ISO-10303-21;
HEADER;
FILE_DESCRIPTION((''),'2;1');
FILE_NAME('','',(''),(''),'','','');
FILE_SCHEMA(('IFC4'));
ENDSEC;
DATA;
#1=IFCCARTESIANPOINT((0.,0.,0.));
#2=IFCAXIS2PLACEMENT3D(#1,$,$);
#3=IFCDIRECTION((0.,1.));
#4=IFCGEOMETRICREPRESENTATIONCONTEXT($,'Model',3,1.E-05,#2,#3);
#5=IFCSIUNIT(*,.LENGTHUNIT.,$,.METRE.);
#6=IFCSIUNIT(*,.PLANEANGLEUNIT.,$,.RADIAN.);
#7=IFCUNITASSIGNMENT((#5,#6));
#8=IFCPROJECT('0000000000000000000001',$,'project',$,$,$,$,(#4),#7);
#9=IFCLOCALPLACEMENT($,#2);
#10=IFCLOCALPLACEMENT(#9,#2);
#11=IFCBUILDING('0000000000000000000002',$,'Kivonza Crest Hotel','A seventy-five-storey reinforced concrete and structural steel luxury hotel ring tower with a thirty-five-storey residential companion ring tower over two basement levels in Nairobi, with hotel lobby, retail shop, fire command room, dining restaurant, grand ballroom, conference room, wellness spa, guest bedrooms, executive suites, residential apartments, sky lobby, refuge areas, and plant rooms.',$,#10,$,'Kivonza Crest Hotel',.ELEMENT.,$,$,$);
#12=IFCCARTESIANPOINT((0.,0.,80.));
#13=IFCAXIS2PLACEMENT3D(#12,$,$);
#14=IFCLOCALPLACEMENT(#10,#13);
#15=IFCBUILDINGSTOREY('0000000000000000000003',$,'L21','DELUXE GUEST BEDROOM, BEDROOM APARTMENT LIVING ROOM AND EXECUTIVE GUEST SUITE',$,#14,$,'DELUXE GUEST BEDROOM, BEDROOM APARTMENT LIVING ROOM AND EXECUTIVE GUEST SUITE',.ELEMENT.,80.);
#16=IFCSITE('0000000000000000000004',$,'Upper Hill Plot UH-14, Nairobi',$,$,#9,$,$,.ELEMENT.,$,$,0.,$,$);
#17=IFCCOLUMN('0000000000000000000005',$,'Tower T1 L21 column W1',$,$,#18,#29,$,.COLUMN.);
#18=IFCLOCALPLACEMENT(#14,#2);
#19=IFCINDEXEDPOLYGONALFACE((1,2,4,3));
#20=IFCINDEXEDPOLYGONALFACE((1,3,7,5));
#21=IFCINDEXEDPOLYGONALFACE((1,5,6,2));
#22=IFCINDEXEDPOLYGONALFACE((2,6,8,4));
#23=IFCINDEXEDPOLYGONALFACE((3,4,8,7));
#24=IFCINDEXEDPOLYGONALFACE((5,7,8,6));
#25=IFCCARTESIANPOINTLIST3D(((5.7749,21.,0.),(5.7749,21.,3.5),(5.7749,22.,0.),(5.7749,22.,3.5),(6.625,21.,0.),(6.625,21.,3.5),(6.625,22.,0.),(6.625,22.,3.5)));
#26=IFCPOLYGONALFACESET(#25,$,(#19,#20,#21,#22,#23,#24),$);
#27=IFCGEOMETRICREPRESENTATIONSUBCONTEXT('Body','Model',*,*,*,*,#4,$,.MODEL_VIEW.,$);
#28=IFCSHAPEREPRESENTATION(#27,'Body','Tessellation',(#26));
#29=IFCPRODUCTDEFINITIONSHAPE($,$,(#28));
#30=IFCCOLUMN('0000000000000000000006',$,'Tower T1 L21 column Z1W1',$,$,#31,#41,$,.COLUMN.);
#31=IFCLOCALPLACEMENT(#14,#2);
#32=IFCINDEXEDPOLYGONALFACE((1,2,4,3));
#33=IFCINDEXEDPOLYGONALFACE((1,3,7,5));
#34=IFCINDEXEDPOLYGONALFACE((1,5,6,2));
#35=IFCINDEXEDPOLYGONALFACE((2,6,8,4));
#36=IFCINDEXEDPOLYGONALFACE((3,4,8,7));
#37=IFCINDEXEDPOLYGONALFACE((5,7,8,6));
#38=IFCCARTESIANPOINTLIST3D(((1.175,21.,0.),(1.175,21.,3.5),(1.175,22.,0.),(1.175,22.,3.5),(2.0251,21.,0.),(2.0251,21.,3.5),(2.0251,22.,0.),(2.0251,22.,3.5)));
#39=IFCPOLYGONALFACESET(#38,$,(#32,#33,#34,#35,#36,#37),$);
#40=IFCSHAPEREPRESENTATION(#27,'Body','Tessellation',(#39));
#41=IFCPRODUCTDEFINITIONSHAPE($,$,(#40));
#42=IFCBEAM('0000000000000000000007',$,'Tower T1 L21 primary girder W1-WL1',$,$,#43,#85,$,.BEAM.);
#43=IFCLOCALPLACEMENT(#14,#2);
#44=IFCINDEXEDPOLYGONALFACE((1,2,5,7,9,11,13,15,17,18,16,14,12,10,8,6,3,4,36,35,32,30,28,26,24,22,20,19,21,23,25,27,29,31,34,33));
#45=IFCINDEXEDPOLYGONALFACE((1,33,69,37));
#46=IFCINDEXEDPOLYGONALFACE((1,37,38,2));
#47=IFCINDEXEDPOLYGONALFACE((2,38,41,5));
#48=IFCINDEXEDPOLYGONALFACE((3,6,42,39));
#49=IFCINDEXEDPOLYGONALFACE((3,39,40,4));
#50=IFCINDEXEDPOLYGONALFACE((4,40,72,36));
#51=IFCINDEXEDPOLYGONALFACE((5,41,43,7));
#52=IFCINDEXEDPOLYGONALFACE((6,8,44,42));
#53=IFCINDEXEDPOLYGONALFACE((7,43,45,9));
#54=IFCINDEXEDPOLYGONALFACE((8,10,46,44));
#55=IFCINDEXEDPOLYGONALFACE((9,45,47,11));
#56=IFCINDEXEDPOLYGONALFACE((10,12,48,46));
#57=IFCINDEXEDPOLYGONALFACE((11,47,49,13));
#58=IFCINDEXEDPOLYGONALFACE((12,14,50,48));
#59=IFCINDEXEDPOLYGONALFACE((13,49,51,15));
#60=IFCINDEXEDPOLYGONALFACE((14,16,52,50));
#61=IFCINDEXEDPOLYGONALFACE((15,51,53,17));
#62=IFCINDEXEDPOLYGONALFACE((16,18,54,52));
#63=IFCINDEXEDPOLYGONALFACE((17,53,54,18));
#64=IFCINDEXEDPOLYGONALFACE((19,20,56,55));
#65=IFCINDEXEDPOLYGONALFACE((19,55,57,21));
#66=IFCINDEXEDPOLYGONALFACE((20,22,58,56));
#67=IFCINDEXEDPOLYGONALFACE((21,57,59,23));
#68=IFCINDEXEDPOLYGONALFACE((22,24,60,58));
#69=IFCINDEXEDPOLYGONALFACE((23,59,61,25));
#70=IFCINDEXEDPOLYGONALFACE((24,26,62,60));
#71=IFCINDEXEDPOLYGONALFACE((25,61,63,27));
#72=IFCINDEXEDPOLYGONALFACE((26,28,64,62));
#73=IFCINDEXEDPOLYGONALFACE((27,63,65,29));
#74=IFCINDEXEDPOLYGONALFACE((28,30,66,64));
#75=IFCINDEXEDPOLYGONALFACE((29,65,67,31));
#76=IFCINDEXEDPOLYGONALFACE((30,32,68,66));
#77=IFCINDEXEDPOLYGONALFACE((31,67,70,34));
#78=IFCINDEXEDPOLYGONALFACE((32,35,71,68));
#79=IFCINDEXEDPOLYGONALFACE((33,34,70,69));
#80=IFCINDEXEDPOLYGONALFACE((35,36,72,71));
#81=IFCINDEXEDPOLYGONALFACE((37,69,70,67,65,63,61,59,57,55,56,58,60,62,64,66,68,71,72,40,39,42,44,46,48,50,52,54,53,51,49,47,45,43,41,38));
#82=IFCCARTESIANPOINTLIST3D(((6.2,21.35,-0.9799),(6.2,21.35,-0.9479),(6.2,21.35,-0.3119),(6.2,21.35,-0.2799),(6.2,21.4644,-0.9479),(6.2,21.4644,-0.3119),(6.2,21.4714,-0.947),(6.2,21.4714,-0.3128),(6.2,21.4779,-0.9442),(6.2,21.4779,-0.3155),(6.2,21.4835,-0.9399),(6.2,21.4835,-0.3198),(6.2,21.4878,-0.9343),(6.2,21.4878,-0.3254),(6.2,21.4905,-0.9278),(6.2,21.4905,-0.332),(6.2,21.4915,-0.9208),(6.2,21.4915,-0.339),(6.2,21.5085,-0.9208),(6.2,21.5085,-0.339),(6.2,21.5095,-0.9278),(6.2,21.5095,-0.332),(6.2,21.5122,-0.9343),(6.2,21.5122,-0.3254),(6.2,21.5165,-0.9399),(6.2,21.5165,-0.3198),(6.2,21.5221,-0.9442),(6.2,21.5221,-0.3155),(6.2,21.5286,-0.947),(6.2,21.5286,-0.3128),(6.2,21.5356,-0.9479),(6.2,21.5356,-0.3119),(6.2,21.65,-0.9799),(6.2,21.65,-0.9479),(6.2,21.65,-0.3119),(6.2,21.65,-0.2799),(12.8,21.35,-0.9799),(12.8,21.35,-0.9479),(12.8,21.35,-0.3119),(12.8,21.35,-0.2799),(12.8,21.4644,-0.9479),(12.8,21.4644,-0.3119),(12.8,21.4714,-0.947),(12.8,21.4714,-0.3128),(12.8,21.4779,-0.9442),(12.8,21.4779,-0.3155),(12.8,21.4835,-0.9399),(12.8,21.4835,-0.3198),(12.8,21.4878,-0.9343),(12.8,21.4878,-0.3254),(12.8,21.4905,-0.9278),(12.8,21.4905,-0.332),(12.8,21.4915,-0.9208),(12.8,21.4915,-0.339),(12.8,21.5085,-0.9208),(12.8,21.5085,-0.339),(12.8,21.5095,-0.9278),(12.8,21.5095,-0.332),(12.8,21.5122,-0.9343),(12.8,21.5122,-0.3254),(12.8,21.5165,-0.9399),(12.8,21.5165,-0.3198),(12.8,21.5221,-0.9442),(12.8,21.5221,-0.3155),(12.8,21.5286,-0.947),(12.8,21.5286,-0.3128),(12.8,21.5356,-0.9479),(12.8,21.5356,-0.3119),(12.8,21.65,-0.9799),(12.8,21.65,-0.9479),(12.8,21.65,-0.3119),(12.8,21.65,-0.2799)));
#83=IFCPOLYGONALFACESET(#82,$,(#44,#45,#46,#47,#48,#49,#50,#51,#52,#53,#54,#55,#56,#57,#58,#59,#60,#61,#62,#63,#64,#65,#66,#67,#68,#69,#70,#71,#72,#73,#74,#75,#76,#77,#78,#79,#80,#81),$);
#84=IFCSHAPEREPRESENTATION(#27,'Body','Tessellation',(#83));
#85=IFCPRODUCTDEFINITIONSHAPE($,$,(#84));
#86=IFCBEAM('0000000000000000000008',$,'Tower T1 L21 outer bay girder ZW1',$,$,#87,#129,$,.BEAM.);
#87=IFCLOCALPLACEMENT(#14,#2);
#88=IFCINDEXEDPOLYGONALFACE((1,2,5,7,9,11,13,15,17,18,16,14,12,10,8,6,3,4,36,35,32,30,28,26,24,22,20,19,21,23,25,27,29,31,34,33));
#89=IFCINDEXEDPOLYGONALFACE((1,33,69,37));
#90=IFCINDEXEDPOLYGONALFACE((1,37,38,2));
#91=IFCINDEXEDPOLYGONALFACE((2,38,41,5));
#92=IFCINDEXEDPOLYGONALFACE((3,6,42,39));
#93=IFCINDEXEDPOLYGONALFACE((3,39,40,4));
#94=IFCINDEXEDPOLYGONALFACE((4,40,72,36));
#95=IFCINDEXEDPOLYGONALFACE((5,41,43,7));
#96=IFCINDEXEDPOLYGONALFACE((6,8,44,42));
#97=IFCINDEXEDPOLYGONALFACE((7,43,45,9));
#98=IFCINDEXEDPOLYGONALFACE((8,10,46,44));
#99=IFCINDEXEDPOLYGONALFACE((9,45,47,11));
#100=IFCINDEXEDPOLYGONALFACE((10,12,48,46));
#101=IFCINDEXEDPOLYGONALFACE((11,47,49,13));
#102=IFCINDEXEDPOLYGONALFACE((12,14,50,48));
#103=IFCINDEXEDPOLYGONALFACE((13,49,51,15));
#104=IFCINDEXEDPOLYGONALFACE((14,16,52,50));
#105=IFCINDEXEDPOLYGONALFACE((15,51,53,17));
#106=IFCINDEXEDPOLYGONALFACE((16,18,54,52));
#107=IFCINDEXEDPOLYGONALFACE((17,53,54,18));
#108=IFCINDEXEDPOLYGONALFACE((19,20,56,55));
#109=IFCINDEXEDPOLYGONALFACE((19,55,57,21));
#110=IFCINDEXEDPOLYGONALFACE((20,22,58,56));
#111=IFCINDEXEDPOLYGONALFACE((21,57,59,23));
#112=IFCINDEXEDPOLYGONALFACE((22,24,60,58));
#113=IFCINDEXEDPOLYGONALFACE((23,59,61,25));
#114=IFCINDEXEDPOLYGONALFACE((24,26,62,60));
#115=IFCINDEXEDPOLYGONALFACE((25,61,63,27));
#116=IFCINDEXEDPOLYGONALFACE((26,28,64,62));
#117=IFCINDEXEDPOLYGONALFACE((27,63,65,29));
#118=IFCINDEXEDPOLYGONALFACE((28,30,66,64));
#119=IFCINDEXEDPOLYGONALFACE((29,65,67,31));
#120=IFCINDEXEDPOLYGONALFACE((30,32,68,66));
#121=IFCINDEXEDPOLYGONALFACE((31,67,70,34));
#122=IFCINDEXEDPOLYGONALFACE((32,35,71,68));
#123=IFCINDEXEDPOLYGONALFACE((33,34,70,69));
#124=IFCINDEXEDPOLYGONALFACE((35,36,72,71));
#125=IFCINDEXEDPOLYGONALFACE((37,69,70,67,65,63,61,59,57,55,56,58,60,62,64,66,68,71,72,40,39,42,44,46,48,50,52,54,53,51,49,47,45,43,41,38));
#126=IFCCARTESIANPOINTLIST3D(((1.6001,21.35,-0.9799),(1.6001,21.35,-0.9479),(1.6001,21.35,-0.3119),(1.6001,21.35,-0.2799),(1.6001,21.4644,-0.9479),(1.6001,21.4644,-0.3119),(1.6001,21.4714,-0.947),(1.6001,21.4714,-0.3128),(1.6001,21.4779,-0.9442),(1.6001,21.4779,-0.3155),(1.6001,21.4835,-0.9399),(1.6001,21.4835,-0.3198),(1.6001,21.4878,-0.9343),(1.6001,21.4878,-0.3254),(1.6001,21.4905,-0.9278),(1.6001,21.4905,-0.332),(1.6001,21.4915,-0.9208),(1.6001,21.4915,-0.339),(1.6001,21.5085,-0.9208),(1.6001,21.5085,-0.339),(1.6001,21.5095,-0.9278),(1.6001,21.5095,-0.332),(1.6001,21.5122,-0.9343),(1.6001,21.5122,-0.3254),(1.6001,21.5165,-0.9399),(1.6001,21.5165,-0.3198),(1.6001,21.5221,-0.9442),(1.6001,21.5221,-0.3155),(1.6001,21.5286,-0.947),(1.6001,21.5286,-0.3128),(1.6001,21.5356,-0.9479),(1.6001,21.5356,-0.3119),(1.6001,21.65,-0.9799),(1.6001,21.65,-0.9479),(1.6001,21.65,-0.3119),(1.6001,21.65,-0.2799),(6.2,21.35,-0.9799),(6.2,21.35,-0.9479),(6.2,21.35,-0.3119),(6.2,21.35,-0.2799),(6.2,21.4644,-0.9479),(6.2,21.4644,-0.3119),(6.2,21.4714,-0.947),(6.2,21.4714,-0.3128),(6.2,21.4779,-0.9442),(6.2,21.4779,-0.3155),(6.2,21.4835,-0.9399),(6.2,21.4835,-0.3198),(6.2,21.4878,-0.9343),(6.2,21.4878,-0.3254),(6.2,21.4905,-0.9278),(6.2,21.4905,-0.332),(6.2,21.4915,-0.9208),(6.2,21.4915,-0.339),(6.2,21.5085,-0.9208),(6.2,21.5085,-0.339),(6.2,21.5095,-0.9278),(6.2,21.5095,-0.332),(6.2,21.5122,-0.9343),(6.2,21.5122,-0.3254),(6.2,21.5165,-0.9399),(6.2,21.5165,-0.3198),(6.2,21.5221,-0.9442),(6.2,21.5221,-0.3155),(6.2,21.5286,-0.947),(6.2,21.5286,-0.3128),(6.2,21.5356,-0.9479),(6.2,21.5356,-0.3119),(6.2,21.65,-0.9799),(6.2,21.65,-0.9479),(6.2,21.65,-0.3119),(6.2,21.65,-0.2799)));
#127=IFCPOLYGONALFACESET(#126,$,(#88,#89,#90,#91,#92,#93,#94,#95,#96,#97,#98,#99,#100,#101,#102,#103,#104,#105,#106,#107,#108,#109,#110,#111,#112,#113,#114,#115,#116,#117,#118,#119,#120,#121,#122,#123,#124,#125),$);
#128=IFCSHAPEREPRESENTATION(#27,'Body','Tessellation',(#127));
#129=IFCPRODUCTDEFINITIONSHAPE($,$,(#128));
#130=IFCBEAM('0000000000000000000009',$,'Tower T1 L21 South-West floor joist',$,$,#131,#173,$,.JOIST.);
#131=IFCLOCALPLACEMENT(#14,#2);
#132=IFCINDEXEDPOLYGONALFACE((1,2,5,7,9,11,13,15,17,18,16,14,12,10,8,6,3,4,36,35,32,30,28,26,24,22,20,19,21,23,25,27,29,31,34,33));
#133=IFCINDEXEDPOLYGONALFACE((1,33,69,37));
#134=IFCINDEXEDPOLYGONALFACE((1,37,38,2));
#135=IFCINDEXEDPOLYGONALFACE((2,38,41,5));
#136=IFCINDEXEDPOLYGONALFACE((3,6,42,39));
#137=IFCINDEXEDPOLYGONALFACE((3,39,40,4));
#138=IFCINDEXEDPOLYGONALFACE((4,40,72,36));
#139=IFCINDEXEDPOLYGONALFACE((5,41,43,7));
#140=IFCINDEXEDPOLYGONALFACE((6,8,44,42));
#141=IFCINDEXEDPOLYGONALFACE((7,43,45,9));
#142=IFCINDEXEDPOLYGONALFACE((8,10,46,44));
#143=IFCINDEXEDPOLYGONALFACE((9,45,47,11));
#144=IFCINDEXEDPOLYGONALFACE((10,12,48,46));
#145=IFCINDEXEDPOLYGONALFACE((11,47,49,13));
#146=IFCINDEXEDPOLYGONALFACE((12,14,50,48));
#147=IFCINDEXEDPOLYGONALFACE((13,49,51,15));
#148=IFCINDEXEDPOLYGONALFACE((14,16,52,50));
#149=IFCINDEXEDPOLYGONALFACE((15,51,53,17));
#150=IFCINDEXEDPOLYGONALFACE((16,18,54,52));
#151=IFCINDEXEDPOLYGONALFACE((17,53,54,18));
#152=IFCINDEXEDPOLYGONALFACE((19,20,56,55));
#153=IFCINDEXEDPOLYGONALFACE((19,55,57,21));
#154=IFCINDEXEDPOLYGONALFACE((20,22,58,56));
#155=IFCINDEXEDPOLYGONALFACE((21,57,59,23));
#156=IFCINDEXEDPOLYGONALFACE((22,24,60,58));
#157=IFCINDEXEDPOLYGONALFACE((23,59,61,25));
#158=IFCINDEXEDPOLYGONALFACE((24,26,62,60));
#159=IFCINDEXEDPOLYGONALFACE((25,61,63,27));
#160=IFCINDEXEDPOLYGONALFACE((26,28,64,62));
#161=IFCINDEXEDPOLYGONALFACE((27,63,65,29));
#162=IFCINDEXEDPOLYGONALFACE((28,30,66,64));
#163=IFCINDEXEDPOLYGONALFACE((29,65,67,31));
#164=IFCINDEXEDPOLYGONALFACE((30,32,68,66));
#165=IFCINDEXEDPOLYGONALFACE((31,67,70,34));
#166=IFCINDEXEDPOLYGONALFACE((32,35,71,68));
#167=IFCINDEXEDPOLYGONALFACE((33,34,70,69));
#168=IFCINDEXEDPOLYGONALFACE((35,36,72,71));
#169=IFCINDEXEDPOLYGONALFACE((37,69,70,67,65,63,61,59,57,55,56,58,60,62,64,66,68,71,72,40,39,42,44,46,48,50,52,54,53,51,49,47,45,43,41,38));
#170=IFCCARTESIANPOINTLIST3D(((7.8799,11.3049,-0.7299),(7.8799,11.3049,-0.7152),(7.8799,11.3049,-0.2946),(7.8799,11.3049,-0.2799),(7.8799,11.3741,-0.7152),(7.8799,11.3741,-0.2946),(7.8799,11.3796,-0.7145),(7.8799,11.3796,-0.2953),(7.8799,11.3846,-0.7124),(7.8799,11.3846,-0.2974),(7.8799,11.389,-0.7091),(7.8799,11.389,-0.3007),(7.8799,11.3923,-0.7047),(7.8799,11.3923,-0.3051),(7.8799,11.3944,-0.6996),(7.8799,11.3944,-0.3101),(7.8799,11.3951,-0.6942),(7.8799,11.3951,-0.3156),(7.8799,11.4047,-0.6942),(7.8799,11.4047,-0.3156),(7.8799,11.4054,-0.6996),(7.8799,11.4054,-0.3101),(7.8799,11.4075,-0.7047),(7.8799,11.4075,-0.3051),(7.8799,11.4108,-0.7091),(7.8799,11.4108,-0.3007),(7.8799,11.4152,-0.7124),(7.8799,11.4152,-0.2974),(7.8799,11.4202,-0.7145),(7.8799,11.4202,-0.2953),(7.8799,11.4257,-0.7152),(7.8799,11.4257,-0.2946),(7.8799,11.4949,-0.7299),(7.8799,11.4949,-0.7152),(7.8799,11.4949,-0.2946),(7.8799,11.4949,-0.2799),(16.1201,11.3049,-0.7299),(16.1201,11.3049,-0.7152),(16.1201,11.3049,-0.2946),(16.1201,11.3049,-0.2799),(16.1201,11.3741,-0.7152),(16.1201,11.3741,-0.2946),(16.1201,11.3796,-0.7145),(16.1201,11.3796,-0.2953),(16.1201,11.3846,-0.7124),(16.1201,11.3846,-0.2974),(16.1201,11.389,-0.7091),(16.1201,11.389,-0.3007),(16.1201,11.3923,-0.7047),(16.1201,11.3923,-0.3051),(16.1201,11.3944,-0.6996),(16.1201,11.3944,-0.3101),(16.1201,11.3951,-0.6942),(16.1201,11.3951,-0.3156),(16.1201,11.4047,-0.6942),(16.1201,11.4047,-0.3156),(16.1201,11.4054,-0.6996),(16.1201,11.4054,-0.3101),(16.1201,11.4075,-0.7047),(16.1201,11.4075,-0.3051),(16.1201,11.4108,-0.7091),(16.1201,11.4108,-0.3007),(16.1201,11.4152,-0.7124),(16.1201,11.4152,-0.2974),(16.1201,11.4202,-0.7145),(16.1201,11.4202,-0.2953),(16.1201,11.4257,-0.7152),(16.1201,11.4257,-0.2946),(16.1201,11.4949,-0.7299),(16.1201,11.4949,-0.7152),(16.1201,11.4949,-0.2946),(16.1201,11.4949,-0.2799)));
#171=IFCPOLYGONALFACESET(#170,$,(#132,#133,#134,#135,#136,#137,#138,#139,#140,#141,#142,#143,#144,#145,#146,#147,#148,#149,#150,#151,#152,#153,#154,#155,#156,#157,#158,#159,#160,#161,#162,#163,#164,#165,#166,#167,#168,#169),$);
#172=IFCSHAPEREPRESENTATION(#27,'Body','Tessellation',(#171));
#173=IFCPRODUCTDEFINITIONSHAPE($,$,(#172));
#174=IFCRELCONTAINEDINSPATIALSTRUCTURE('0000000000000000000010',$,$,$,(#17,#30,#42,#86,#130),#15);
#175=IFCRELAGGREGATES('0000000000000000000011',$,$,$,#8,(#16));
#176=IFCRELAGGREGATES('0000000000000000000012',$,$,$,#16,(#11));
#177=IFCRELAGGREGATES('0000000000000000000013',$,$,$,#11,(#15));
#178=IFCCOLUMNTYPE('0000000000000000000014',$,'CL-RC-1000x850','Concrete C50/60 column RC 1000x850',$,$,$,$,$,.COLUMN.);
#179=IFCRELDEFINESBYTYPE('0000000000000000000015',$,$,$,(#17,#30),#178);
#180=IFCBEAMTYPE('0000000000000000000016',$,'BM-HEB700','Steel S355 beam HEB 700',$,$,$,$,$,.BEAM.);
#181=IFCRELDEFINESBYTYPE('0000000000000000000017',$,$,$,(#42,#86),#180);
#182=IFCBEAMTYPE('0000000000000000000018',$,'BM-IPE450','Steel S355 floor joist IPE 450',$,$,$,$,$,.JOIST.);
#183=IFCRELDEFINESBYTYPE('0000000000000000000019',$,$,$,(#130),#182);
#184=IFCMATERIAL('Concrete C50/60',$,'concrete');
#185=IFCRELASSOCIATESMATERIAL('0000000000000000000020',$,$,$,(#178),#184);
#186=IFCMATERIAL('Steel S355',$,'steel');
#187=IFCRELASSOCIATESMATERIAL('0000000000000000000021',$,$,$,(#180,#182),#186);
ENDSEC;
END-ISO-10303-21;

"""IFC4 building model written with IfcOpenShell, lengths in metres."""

from ifc_helpers import new_model, si_unit, direction, frame, origin, origin_2d, place, context, subcontext, project, spatial, rectangle, i_section, extrude, material, material_profile, profile_set, type_object, element, save


model = new_model("IFC4")

# Units and contexts
model_context = context("Model", 3, precision=1e-05, world=origin(), true_north=direction((0.0, 1.0)))
body_context = subcontext(model_context, "Body", "Model", "MODEL_VIEW")
ifc_project = project(units=[si_unit("LENGTHUNIT", "METRE"), si_unit("PLANEANGLEUNIT", "RADIAN")], contexts=[model_context])

# Site, building, storey
site_placement = place(None, origin())
site = spatial("IfcSite", under=ifc_project, at=site_placement, Name="Upper Hill Plot UH-14, Nairobi", CompositionType="ELEMENT", RefElevation=0.0)
building_placement = place(site_placement, origin())
building = spatial("IfcBuilding", under=site, at=building_placement, Name="Kivonza Crest Hotel", Description="A seventy-five-storey reinforced concrete and structural steel luxury hotel ring tower with a thirty-five-storey residential companion ring tower over two basement levels in Nairobi, with hotel lobby, retail shop, fire command room, dining restaurant, grand ballroom, conference room, wellness spa, guest bedrooms, executive suites, residential apartments, sky lobby, refuge areas, and plant rooms.", LongName="Kivonza Crest Hotel", CompositionType="ELEMENT")
storey_placement = place(building_placement, frame((0.0, 0.0, 80.0)))
storey = spatial("IfcBuildingStorey", under=building, at=storey_placement, Name="L21", Description="DELUXE GUEST BEDROOM, BEDROOM APARTMENT LIVING ROOM AND EXECUTIVE GUEST SUITE", LongName="DELUXE GUEST BEDROOM, BEDROOM APARTMENT LIVING ROOM AND EXECUTIVE GUEST SUITE", CompositionType="ELEMENT", Elevation=80.0)

# Columns
ifc_material_1 = material(Name="Concrete C50/60", Category="concrete")
ifc_material_profile_1 = material_profile(ifc_material_1, rectangle(XDim=0.8501, YDim=1.0, at=origin_2d()), Name="RC 1000x850")
ifc_profile_set_1 = profile_set([ifc_material_profile_1], Name="Concrete C50/60")
column_type = type_object("IfcColumnType", Name="CL-RC-1000x850", Description="Concrete C50/60 column RC 1000x850", PredefinedType="COLUMN", material=ifc_profile_set_1)
for number, where, z_axis, x_axis, name in (
    (1, (6.2, 21.5, 0.0), (0.0, 0.0, 1.0), (1.0, 0.0, 0.0), "Tower T1 L21 column W1"),
    (2, (1.6001, 21.5, 0.0), (0.0, 0.0, 1.0), (1.0, 0.0, 0.0), "Tower T1 L21 column Z1W1"),
):
    element("IfcColumn", number, at=place(storey_placement, frame(where, z_axis=z_axis, x_axis=x_axis)), inside=storey, type_object=column_type, Name=name, PredefinedType="COLUMN", context=body_context, shape_type="SweptSolid", body=[
        extrude(rectangle(XDim=0.8501, YDim=1.0, at=origin_2d()), origin(), (0.0, 0.0, 1.0), 3.5),
    ])

# Beams
ifc_material_2 = material(Name="Steel S355", Category="steel")
ifc_material_profile_2 = material_profile(ifc_material_2, i_section(OverallWidth=0.3, OverallDepth=0.7, WebThickness=0.0171, FlangeThickness=0.032, FilletRadius=0.0271, at=origin_2d()), Name="HEB 700")
ifc_profile_set_2 = profile_set([ifc_material_profile_2], Name="Steel S355")
beam_type_1 = type_object("IfcBeamType", Name="BM-HEB700", Description="Steel S355 beam HEB 700", PredefinedType="BEAM", material=ifc_profile_set_2)
beam_1_placement = place(storey_placement, frame((6.2, 21.5, -0.6299), z_axis=(1.0, 0.0, 0.0), x_axis=(0.0, 1.0, 0.0)))
element("IfcBeam", 3, at=beam_1_placement, inside=storey, type_object=beam_type_1, Name="Tower T1 L21 primary girder W1-WL1", PredefinedType="BEAM", context=body_context, shape_type="SweptSolid", body=[
    extrude(i_section(OverallWidth=0.3, OverallDepth=0.7, WebThickness=0.0171, FlangeThickness=0.032, FilletRadius=0.0271, at=origin_2d()), origin(), (0.0, 0.0, 1.0), 6.6001),
])
beam_2_placement = place(storey_placement, frame((1.6001, 21.5, -0.6299), z_axis=(1.0, 0.0, 0.0), x_axis=(0.0, 1.0, 0.0)))
element("IfcBeam", 4, at=beam_2_placement, inside=storey, type_object=beam_type_1, Name="Tower T1 L21 outer bay girder ZW1", PredefinedType="BEAM", context=body_context, shape_type="SweptSolid", body=[
    extrude(i_section(OverallWidth=0.3, OverallDepth=0.7, WebThickness=0.0171, FlangeThickness=0.032, FilletRadius=0.0271, at=origin_2d()), origin(), (0.0, 0.0, 1.0), 4.5999),
])
ifc_material_profile_3 = material_profile(ifc_material_2, i_section(OverallWidth=0.1899, OverallDepth=0.45, WebThickness=0.0095, FlangeThickness=0.0146, FilletRadius=0.021, at=origin_2d()), Name="IPE 450")
ifc_profile_set_3 = profile_set([ifc_material_profile_3], Name="Steel S355")
beam_type_2 = type_object("IfcBeamType", Name="BM-IPE450", Description="Steel S355 floor joist IPE 450", PredefinedType="JOIST", material=ifc_profile_set_3)
beam_3_placement = place(storey_placement, frame((7.8799, 11.3999, -0.5049), z_axis=(1.0, 0.0, 0.0), x_axis=(0.0, 1.0, 0.0)))
element("IfcBeam", 5, at=beam_3_placement, inside=storey, type_object=beam_type_2, Name="Tower T1 L21 South-West floor joist", PredefinedType="JOIST", context=body_context, shape_type="SweptSolid", body=[
    extrude(i_section(OverallWidth=0.1899, OverallDepth=0.45, WebThickness=0.0095, FlangeThickness=0.0146, FilletRadius=0.021, at=origin_2d()), origin(), (0.0, 0.0, 1.0), 8.2402),
])

save(model, "model.ifc")
